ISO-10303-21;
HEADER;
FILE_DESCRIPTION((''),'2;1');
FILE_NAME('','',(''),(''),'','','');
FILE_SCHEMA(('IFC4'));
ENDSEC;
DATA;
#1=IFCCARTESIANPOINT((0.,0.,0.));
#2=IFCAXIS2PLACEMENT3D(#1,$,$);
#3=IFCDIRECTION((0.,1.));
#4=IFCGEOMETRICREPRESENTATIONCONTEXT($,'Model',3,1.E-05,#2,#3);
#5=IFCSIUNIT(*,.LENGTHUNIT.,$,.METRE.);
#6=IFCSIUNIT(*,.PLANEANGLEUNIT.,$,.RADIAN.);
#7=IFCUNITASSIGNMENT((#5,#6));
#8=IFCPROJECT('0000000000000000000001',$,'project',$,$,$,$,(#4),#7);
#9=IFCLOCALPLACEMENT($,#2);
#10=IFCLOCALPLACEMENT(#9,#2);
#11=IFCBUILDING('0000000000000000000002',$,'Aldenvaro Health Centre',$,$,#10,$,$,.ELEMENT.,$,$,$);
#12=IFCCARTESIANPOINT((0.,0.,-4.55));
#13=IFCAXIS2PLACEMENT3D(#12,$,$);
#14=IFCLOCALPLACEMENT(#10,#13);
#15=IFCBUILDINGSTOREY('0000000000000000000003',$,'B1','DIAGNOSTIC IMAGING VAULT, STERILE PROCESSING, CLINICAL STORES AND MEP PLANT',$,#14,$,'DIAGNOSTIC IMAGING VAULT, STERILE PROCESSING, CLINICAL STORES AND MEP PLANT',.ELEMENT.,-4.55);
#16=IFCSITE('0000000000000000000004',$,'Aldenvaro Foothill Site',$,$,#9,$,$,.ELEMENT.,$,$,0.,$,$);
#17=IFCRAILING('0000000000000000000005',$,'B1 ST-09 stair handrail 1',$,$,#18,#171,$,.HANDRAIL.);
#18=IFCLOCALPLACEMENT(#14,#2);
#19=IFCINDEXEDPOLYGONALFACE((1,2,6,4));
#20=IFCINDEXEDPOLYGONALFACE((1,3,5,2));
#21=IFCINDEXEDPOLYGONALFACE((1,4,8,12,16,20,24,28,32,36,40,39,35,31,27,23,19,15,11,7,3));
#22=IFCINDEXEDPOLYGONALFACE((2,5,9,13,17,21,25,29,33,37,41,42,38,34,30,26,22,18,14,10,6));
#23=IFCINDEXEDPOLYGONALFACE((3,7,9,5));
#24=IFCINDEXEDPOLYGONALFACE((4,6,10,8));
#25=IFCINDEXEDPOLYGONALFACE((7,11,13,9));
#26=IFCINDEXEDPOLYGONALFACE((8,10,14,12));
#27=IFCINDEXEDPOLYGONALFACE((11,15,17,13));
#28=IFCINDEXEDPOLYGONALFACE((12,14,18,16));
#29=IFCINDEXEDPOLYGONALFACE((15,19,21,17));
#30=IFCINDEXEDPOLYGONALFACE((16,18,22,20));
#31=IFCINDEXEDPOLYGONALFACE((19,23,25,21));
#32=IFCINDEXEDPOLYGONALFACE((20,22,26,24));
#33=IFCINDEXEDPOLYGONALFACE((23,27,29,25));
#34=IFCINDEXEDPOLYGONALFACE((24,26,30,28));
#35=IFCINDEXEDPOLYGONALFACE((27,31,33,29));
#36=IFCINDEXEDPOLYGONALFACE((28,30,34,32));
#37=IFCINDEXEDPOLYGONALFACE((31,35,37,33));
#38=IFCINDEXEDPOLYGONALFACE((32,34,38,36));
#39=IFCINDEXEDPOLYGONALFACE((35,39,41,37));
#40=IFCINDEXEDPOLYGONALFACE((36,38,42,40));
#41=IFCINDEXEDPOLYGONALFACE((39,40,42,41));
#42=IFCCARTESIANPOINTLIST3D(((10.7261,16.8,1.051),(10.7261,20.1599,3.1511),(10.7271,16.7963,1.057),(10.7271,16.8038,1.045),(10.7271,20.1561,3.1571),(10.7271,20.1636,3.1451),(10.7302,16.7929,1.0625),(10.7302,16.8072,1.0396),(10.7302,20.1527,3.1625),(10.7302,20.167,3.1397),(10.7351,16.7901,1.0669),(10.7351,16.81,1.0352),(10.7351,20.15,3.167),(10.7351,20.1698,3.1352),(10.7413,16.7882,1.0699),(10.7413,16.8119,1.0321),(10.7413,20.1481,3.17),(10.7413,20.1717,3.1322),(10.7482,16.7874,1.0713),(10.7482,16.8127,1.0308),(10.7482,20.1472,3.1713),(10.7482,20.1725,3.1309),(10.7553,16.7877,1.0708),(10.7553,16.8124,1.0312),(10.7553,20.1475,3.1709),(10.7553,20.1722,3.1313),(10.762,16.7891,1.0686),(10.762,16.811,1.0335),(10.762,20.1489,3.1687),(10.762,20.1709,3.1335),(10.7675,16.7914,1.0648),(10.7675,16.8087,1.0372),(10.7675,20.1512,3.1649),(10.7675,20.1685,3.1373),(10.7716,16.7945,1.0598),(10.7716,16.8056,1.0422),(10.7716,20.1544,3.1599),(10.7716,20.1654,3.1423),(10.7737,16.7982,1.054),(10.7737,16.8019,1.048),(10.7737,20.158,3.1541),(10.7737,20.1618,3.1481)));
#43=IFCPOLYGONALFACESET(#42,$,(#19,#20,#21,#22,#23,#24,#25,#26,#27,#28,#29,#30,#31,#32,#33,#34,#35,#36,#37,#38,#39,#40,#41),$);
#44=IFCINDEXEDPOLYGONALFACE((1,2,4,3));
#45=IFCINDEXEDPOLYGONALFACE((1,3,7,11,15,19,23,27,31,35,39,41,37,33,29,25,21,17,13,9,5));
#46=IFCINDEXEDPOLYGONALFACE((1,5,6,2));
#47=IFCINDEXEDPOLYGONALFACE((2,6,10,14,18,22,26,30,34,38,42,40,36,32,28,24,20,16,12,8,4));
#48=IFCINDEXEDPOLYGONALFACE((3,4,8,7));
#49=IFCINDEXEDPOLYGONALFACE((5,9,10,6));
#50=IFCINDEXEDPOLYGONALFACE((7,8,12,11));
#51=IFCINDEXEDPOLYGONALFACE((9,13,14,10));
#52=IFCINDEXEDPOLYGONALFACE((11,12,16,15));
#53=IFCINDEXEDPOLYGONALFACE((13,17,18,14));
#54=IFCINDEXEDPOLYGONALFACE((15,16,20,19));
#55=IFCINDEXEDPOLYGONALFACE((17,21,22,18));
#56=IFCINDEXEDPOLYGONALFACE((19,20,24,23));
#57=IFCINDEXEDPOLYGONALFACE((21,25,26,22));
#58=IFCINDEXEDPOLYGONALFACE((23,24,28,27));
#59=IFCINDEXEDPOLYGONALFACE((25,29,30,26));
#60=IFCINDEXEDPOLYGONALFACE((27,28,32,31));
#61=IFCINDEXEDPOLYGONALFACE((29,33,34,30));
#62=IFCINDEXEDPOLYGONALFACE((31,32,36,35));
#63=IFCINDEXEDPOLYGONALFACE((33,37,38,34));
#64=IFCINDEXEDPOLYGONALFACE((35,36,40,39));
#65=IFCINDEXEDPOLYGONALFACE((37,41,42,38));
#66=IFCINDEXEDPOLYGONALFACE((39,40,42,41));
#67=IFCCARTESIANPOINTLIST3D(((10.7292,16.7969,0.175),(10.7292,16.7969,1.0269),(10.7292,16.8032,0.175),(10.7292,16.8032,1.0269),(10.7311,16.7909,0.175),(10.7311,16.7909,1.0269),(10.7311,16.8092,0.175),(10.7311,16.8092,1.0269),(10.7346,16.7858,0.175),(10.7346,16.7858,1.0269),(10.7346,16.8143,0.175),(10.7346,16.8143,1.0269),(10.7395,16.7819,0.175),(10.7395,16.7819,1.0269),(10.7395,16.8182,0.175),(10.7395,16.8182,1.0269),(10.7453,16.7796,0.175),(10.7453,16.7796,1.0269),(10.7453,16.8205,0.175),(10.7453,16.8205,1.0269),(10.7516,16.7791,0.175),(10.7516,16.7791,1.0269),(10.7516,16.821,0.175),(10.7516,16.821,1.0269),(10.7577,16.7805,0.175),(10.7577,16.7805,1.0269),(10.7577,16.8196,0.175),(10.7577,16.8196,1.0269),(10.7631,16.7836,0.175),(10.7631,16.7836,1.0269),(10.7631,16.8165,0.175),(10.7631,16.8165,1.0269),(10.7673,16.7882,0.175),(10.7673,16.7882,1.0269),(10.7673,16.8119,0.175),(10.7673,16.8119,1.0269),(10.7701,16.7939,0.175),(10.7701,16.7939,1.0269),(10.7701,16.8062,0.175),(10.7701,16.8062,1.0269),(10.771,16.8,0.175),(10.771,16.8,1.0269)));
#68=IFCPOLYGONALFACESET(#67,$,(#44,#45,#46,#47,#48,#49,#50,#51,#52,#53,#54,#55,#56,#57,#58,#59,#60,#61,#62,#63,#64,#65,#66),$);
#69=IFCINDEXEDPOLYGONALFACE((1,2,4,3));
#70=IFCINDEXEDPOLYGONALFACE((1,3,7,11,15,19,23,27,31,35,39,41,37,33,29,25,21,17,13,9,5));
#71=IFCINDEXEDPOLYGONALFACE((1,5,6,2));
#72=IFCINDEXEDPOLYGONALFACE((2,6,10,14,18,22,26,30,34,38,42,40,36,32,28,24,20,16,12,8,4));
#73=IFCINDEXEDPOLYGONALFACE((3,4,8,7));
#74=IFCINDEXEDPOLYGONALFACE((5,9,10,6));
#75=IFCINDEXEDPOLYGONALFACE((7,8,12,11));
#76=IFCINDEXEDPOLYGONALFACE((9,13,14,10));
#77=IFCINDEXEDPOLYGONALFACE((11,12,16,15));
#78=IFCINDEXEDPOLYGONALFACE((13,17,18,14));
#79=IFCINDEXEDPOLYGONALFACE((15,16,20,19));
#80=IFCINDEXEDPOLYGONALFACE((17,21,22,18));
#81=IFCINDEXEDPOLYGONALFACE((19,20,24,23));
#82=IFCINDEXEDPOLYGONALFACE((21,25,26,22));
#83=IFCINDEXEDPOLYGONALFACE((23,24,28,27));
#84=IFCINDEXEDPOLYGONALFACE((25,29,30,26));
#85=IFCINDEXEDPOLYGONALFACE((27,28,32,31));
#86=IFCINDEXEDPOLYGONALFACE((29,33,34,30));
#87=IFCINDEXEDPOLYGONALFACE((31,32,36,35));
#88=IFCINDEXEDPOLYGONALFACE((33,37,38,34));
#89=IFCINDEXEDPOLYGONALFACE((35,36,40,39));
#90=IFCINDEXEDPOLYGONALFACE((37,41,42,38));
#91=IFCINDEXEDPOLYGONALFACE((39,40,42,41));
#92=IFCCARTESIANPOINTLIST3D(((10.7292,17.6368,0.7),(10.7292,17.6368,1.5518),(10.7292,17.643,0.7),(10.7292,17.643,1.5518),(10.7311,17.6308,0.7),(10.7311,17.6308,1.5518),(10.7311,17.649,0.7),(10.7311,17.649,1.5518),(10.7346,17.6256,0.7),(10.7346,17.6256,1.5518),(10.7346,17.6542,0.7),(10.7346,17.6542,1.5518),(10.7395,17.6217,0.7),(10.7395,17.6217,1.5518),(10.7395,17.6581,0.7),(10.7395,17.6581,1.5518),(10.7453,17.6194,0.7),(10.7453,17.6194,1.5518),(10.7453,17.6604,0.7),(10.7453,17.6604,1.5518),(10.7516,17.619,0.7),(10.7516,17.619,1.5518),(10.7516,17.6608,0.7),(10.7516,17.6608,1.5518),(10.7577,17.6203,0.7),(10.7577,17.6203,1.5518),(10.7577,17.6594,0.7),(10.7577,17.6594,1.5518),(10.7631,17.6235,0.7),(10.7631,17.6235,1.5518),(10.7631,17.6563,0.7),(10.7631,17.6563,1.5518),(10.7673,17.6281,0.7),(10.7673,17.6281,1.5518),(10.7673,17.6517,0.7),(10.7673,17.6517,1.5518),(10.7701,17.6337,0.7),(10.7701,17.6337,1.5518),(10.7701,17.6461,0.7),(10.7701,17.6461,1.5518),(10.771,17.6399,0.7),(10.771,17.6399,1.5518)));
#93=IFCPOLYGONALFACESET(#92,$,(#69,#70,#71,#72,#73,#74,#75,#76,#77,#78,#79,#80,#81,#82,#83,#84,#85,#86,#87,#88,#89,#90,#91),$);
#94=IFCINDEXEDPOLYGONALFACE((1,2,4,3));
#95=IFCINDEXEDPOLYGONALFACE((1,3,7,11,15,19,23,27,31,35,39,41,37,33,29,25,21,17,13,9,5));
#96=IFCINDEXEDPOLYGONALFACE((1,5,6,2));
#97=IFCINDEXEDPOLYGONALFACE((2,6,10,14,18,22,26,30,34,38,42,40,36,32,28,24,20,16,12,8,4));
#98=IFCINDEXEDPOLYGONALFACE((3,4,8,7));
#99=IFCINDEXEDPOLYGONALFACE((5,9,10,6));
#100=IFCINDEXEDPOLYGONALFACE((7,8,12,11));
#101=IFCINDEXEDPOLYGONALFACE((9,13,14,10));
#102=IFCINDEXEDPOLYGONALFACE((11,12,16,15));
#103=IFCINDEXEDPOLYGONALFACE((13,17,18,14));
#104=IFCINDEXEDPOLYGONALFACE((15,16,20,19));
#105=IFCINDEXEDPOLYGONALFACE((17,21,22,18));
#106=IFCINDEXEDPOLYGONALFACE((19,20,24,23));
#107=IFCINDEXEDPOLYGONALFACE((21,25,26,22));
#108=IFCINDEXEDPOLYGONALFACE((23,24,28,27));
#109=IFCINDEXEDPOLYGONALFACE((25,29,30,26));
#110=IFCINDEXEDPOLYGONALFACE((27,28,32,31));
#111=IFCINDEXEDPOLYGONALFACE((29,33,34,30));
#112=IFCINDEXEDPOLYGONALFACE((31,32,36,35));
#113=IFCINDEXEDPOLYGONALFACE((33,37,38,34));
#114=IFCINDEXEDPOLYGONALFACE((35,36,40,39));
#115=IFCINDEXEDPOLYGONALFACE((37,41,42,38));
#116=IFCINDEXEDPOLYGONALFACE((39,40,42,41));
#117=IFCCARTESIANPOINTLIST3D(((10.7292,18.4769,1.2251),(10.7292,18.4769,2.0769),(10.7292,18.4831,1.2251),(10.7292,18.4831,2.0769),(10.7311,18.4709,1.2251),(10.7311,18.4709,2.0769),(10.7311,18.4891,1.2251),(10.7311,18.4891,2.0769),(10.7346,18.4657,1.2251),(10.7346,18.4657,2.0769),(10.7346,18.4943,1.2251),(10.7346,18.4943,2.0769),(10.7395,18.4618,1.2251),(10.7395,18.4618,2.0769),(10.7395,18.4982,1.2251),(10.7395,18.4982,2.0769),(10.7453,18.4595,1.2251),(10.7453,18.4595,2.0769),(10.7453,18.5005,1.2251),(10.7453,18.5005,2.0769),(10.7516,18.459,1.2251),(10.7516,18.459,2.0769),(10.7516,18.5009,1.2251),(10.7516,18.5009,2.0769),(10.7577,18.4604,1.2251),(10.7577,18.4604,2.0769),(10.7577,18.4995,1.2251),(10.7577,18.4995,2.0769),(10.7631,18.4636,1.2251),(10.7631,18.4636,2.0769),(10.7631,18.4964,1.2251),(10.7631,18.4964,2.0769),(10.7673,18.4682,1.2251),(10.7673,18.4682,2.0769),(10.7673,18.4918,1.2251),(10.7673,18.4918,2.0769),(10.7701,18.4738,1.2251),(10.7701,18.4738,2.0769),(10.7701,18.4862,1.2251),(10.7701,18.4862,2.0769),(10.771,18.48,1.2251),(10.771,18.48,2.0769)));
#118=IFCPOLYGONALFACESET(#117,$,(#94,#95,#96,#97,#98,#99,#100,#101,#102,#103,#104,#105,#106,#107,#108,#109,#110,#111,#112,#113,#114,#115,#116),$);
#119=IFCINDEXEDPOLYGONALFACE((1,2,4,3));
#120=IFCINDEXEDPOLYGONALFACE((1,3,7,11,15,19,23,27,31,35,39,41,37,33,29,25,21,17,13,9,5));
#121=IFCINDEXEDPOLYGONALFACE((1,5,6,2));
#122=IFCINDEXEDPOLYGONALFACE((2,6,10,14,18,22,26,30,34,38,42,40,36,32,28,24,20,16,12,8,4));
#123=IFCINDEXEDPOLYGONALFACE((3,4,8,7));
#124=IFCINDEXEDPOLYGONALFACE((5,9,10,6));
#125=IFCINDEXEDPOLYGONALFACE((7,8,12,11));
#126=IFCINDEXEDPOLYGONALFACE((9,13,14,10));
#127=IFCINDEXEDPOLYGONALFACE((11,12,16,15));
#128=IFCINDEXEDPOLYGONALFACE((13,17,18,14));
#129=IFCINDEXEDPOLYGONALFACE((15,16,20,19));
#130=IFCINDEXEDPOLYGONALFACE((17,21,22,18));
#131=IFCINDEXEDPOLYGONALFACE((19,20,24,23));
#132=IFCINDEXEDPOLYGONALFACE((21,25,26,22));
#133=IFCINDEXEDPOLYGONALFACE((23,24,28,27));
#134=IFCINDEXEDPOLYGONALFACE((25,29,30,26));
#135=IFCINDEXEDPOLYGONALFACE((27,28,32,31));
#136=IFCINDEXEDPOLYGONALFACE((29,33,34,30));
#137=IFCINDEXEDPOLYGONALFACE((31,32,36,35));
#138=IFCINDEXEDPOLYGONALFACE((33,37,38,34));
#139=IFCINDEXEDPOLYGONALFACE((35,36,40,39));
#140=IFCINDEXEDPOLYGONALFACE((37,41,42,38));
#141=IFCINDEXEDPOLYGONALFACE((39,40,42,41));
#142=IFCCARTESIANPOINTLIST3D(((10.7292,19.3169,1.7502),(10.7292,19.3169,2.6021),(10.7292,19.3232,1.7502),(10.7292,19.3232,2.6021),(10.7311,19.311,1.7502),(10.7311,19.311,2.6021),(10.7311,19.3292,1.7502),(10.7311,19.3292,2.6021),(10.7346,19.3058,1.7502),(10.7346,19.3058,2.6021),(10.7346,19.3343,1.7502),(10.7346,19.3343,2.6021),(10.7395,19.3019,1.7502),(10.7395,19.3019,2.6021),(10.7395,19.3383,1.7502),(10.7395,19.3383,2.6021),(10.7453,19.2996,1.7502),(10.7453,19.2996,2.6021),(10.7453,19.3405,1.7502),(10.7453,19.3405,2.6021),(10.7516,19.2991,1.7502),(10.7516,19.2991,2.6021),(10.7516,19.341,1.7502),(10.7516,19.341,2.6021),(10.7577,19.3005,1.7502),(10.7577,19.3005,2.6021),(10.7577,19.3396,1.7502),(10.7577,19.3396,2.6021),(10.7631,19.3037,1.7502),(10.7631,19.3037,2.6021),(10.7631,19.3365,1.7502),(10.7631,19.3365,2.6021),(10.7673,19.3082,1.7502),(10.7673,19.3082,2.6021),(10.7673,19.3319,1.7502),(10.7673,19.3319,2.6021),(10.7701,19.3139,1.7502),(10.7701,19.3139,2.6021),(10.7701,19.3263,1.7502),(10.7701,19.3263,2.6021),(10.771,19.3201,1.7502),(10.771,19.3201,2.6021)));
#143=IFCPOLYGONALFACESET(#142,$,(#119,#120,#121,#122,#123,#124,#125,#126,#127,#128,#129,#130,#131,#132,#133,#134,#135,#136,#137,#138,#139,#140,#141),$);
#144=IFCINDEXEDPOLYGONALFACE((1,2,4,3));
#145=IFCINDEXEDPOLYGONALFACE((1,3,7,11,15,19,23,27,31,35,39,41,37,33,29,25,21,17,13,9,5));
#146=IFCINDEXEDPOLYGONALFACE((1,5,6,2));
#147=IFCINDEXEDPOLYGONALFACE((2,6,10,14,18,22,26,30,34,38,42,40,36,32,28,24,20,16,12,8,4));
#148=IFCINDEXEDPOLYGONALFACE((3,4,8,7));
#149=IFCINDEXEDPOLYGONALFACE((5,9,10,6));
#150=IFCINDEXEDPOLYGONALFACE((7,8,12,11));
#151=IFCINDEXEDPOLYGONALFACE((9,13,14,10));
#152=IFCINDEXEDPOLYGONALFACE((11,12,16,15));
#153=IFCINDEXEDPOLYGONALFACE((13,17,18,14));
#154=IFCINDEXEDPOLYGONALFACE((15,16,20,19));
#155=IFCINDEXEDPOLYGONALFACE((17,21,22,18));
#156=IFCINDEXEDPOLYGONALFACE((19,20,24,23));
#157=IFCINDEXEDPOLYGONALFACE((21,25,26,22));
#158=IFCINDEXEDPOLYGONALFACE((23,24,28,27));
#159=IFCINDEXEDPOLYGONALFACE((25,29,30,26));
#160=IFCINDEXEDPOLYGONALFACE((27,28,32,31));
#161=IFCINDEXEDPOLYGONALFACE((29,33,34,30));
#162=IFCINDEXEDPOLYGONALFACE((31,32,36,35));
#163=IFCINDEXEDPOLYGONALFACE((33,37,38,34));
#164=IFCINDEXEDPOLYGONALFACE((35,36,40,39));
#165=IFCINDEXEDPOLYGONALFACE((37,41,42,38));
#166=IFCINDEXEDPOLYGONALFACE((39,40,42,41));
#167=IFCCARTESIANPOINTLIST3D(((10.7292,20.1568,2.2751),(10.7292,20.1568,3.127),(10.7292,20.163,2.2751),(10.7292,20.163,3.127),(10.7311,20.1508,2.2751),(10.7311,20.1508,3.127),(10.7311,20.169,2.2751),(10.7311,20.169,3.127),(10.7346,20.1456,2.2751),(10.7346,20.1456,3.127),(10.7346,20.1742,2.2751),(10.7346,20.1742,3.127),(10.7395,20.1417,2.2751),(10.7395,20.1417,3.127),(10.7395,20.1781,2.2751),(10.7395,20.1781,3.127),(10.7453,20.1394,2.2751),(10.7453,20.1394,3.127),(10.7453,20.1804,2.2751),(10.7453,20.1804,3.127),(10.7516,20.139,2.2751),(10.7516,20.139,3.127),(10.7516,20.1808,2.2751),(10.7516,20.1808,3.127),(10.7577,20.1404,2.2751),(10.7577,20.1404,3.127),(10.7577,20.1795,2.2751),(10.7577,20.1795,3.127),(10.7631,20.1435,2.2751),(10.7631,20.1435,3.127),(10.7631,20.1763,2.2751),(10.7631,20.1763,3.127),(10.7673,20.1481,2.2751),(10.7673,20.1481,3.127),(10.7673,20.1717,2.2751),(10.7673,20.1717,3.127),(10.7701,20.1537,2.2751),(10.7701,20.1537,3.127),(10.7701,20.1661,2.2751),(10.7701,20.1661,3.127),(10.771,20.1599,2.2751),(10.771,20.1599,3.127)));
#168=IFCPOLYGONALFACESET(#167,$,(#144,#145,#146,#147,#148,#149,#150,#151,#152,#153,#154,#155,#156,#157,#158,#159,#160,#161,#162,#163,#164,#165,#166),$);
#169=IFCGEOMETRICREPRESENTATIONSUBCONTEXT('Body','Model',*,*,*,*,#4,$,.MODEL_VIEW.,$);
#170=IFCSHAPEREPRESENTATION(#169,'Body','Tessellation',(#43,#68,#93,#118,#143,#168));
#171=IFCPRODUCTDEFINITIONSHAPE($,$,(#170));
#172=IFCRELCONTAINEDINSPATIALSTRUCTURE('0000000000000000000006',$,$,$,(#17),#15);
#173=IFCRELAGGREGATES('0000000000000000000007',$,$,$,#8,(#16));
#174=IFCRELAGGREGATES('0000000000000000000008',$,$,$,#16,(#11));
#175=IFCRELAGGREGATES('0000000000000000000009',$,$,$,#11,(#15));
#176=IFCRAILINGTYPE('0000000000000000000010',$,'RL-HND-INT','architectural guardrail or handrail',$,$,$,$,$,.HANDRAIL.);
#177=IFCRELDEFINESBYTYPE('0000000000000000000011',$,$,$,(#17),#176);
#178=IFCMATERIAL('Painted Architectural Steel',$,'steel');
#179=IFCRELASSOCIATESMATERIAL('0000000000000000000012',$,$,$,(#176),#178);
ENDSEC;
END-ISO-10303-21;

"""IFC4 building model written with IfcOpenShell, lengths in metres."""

from ifc_helpers import new_model, si_unit, direction, frame, origin, origin_2d, place, context, subcontext, project, spatial, circle, extrude, material, type_object, element, save


model = new_model("IFC4")

# Units and contexts
model_context = context("Model", 3, precision=1e-05, world=origin(), true_north=direction((0.0, 1.0)))
body_context = subcontext(model_context, "Body", "Model", "MODEL_VIEW")
ifc_project = project(units=[si_unit("LENGTHUNIT", "METRE"), si_unit("PLANEANGLEUNIT", "RADIAN")], contexts=[model_context])

# Site, building, storey
site_placement = place(None, origin())
site = spatial("IfcSite", under=ifc_project, at=site_placement, Name="Aldenvaro Foothill Site", CompositionType="ELEMENT", RefElevation=0.0)
building_placement = place(site_placement, origin())
building = spatial("IfcBuilding", under=site, at=building_placement, Name="Aldenvaro Health Centre", CompositionType="ELEMENT")
storey_placement = place(building_placement, frame((0.0, 0.0, -4.55)))
storey = spatial("IfcBuildingStorey", under=building, at=storey_placement, Name="B1", Description="DIAGNOSTIC IMAGING VAULT, STERILE PROCESSING, CLINICAL STORES AND MEP PLANT", LongName="DIAGNOSTIC IMAGING VAULT, STERILE PROCESSING, CLINICAL STORES AND MEP PLANT", CompositionType="ELEMENT", Elevation=-4.55)

# Railing
ifc_material_1 = material(Name="Painted Architectural Steel", Category="steel")
railing_type_1 = type_object("IfcRailingType", Name="RL-HND-INT", Description="architectural guardrail or handrail", PredefinedType="HANDRAIL", material=ifc_material_1)
railing_1_placement = place(storey_placement, frame((10.75, 16.8, 0.175)))
element("IfcRailing", 1, at=railing_1_placement, inside=storey, type_object=railing_type_1, Name="B1 ST-09 stair handrail 1", PredefinedType="HANDRAIL", context=body_context, shape_type="SweptSolid", body=[
    extrude(circle(Radius=0.0239, at=origin_2d()), frame((0.0, 0.0, 0.876), z_axis=(0.0, 0.847978, 0.530032), x_axis=(-1.0, 0.0, 0.0)), (0.0, 0.0, 1.0), 3.9622),
    extrude(circle(Radius=0.021, at=origin_2d()), origin(), (0.0, 0.0, 1.0), 0.8518),
    extrude(circle(Radius=0.021, at=origin_2d()), frame((0.0, 0.8398, 0.5249)), (0.0, 0.0, 1.0), 0.8518),
    extrude(circle(Radius=0.021, at=origin_2d()), frame((0.0, 1.6799, 1.05)), (0.0, 0.0, 1.0), 0.8518),
    extrude(circle(Radius=0.021, at=origin_2d()), frame((0.0, 2.52, 1.5752)), (0.0, 0.0, 1.0), 0.8518),
    extrude(circle(Radius=0.021, at=origin_2d()), frame((0.0, 3.3599, 2.1001)), (0.0, 0.0, 1.0), 0.8518),
])

save(model, "model.ifc")
